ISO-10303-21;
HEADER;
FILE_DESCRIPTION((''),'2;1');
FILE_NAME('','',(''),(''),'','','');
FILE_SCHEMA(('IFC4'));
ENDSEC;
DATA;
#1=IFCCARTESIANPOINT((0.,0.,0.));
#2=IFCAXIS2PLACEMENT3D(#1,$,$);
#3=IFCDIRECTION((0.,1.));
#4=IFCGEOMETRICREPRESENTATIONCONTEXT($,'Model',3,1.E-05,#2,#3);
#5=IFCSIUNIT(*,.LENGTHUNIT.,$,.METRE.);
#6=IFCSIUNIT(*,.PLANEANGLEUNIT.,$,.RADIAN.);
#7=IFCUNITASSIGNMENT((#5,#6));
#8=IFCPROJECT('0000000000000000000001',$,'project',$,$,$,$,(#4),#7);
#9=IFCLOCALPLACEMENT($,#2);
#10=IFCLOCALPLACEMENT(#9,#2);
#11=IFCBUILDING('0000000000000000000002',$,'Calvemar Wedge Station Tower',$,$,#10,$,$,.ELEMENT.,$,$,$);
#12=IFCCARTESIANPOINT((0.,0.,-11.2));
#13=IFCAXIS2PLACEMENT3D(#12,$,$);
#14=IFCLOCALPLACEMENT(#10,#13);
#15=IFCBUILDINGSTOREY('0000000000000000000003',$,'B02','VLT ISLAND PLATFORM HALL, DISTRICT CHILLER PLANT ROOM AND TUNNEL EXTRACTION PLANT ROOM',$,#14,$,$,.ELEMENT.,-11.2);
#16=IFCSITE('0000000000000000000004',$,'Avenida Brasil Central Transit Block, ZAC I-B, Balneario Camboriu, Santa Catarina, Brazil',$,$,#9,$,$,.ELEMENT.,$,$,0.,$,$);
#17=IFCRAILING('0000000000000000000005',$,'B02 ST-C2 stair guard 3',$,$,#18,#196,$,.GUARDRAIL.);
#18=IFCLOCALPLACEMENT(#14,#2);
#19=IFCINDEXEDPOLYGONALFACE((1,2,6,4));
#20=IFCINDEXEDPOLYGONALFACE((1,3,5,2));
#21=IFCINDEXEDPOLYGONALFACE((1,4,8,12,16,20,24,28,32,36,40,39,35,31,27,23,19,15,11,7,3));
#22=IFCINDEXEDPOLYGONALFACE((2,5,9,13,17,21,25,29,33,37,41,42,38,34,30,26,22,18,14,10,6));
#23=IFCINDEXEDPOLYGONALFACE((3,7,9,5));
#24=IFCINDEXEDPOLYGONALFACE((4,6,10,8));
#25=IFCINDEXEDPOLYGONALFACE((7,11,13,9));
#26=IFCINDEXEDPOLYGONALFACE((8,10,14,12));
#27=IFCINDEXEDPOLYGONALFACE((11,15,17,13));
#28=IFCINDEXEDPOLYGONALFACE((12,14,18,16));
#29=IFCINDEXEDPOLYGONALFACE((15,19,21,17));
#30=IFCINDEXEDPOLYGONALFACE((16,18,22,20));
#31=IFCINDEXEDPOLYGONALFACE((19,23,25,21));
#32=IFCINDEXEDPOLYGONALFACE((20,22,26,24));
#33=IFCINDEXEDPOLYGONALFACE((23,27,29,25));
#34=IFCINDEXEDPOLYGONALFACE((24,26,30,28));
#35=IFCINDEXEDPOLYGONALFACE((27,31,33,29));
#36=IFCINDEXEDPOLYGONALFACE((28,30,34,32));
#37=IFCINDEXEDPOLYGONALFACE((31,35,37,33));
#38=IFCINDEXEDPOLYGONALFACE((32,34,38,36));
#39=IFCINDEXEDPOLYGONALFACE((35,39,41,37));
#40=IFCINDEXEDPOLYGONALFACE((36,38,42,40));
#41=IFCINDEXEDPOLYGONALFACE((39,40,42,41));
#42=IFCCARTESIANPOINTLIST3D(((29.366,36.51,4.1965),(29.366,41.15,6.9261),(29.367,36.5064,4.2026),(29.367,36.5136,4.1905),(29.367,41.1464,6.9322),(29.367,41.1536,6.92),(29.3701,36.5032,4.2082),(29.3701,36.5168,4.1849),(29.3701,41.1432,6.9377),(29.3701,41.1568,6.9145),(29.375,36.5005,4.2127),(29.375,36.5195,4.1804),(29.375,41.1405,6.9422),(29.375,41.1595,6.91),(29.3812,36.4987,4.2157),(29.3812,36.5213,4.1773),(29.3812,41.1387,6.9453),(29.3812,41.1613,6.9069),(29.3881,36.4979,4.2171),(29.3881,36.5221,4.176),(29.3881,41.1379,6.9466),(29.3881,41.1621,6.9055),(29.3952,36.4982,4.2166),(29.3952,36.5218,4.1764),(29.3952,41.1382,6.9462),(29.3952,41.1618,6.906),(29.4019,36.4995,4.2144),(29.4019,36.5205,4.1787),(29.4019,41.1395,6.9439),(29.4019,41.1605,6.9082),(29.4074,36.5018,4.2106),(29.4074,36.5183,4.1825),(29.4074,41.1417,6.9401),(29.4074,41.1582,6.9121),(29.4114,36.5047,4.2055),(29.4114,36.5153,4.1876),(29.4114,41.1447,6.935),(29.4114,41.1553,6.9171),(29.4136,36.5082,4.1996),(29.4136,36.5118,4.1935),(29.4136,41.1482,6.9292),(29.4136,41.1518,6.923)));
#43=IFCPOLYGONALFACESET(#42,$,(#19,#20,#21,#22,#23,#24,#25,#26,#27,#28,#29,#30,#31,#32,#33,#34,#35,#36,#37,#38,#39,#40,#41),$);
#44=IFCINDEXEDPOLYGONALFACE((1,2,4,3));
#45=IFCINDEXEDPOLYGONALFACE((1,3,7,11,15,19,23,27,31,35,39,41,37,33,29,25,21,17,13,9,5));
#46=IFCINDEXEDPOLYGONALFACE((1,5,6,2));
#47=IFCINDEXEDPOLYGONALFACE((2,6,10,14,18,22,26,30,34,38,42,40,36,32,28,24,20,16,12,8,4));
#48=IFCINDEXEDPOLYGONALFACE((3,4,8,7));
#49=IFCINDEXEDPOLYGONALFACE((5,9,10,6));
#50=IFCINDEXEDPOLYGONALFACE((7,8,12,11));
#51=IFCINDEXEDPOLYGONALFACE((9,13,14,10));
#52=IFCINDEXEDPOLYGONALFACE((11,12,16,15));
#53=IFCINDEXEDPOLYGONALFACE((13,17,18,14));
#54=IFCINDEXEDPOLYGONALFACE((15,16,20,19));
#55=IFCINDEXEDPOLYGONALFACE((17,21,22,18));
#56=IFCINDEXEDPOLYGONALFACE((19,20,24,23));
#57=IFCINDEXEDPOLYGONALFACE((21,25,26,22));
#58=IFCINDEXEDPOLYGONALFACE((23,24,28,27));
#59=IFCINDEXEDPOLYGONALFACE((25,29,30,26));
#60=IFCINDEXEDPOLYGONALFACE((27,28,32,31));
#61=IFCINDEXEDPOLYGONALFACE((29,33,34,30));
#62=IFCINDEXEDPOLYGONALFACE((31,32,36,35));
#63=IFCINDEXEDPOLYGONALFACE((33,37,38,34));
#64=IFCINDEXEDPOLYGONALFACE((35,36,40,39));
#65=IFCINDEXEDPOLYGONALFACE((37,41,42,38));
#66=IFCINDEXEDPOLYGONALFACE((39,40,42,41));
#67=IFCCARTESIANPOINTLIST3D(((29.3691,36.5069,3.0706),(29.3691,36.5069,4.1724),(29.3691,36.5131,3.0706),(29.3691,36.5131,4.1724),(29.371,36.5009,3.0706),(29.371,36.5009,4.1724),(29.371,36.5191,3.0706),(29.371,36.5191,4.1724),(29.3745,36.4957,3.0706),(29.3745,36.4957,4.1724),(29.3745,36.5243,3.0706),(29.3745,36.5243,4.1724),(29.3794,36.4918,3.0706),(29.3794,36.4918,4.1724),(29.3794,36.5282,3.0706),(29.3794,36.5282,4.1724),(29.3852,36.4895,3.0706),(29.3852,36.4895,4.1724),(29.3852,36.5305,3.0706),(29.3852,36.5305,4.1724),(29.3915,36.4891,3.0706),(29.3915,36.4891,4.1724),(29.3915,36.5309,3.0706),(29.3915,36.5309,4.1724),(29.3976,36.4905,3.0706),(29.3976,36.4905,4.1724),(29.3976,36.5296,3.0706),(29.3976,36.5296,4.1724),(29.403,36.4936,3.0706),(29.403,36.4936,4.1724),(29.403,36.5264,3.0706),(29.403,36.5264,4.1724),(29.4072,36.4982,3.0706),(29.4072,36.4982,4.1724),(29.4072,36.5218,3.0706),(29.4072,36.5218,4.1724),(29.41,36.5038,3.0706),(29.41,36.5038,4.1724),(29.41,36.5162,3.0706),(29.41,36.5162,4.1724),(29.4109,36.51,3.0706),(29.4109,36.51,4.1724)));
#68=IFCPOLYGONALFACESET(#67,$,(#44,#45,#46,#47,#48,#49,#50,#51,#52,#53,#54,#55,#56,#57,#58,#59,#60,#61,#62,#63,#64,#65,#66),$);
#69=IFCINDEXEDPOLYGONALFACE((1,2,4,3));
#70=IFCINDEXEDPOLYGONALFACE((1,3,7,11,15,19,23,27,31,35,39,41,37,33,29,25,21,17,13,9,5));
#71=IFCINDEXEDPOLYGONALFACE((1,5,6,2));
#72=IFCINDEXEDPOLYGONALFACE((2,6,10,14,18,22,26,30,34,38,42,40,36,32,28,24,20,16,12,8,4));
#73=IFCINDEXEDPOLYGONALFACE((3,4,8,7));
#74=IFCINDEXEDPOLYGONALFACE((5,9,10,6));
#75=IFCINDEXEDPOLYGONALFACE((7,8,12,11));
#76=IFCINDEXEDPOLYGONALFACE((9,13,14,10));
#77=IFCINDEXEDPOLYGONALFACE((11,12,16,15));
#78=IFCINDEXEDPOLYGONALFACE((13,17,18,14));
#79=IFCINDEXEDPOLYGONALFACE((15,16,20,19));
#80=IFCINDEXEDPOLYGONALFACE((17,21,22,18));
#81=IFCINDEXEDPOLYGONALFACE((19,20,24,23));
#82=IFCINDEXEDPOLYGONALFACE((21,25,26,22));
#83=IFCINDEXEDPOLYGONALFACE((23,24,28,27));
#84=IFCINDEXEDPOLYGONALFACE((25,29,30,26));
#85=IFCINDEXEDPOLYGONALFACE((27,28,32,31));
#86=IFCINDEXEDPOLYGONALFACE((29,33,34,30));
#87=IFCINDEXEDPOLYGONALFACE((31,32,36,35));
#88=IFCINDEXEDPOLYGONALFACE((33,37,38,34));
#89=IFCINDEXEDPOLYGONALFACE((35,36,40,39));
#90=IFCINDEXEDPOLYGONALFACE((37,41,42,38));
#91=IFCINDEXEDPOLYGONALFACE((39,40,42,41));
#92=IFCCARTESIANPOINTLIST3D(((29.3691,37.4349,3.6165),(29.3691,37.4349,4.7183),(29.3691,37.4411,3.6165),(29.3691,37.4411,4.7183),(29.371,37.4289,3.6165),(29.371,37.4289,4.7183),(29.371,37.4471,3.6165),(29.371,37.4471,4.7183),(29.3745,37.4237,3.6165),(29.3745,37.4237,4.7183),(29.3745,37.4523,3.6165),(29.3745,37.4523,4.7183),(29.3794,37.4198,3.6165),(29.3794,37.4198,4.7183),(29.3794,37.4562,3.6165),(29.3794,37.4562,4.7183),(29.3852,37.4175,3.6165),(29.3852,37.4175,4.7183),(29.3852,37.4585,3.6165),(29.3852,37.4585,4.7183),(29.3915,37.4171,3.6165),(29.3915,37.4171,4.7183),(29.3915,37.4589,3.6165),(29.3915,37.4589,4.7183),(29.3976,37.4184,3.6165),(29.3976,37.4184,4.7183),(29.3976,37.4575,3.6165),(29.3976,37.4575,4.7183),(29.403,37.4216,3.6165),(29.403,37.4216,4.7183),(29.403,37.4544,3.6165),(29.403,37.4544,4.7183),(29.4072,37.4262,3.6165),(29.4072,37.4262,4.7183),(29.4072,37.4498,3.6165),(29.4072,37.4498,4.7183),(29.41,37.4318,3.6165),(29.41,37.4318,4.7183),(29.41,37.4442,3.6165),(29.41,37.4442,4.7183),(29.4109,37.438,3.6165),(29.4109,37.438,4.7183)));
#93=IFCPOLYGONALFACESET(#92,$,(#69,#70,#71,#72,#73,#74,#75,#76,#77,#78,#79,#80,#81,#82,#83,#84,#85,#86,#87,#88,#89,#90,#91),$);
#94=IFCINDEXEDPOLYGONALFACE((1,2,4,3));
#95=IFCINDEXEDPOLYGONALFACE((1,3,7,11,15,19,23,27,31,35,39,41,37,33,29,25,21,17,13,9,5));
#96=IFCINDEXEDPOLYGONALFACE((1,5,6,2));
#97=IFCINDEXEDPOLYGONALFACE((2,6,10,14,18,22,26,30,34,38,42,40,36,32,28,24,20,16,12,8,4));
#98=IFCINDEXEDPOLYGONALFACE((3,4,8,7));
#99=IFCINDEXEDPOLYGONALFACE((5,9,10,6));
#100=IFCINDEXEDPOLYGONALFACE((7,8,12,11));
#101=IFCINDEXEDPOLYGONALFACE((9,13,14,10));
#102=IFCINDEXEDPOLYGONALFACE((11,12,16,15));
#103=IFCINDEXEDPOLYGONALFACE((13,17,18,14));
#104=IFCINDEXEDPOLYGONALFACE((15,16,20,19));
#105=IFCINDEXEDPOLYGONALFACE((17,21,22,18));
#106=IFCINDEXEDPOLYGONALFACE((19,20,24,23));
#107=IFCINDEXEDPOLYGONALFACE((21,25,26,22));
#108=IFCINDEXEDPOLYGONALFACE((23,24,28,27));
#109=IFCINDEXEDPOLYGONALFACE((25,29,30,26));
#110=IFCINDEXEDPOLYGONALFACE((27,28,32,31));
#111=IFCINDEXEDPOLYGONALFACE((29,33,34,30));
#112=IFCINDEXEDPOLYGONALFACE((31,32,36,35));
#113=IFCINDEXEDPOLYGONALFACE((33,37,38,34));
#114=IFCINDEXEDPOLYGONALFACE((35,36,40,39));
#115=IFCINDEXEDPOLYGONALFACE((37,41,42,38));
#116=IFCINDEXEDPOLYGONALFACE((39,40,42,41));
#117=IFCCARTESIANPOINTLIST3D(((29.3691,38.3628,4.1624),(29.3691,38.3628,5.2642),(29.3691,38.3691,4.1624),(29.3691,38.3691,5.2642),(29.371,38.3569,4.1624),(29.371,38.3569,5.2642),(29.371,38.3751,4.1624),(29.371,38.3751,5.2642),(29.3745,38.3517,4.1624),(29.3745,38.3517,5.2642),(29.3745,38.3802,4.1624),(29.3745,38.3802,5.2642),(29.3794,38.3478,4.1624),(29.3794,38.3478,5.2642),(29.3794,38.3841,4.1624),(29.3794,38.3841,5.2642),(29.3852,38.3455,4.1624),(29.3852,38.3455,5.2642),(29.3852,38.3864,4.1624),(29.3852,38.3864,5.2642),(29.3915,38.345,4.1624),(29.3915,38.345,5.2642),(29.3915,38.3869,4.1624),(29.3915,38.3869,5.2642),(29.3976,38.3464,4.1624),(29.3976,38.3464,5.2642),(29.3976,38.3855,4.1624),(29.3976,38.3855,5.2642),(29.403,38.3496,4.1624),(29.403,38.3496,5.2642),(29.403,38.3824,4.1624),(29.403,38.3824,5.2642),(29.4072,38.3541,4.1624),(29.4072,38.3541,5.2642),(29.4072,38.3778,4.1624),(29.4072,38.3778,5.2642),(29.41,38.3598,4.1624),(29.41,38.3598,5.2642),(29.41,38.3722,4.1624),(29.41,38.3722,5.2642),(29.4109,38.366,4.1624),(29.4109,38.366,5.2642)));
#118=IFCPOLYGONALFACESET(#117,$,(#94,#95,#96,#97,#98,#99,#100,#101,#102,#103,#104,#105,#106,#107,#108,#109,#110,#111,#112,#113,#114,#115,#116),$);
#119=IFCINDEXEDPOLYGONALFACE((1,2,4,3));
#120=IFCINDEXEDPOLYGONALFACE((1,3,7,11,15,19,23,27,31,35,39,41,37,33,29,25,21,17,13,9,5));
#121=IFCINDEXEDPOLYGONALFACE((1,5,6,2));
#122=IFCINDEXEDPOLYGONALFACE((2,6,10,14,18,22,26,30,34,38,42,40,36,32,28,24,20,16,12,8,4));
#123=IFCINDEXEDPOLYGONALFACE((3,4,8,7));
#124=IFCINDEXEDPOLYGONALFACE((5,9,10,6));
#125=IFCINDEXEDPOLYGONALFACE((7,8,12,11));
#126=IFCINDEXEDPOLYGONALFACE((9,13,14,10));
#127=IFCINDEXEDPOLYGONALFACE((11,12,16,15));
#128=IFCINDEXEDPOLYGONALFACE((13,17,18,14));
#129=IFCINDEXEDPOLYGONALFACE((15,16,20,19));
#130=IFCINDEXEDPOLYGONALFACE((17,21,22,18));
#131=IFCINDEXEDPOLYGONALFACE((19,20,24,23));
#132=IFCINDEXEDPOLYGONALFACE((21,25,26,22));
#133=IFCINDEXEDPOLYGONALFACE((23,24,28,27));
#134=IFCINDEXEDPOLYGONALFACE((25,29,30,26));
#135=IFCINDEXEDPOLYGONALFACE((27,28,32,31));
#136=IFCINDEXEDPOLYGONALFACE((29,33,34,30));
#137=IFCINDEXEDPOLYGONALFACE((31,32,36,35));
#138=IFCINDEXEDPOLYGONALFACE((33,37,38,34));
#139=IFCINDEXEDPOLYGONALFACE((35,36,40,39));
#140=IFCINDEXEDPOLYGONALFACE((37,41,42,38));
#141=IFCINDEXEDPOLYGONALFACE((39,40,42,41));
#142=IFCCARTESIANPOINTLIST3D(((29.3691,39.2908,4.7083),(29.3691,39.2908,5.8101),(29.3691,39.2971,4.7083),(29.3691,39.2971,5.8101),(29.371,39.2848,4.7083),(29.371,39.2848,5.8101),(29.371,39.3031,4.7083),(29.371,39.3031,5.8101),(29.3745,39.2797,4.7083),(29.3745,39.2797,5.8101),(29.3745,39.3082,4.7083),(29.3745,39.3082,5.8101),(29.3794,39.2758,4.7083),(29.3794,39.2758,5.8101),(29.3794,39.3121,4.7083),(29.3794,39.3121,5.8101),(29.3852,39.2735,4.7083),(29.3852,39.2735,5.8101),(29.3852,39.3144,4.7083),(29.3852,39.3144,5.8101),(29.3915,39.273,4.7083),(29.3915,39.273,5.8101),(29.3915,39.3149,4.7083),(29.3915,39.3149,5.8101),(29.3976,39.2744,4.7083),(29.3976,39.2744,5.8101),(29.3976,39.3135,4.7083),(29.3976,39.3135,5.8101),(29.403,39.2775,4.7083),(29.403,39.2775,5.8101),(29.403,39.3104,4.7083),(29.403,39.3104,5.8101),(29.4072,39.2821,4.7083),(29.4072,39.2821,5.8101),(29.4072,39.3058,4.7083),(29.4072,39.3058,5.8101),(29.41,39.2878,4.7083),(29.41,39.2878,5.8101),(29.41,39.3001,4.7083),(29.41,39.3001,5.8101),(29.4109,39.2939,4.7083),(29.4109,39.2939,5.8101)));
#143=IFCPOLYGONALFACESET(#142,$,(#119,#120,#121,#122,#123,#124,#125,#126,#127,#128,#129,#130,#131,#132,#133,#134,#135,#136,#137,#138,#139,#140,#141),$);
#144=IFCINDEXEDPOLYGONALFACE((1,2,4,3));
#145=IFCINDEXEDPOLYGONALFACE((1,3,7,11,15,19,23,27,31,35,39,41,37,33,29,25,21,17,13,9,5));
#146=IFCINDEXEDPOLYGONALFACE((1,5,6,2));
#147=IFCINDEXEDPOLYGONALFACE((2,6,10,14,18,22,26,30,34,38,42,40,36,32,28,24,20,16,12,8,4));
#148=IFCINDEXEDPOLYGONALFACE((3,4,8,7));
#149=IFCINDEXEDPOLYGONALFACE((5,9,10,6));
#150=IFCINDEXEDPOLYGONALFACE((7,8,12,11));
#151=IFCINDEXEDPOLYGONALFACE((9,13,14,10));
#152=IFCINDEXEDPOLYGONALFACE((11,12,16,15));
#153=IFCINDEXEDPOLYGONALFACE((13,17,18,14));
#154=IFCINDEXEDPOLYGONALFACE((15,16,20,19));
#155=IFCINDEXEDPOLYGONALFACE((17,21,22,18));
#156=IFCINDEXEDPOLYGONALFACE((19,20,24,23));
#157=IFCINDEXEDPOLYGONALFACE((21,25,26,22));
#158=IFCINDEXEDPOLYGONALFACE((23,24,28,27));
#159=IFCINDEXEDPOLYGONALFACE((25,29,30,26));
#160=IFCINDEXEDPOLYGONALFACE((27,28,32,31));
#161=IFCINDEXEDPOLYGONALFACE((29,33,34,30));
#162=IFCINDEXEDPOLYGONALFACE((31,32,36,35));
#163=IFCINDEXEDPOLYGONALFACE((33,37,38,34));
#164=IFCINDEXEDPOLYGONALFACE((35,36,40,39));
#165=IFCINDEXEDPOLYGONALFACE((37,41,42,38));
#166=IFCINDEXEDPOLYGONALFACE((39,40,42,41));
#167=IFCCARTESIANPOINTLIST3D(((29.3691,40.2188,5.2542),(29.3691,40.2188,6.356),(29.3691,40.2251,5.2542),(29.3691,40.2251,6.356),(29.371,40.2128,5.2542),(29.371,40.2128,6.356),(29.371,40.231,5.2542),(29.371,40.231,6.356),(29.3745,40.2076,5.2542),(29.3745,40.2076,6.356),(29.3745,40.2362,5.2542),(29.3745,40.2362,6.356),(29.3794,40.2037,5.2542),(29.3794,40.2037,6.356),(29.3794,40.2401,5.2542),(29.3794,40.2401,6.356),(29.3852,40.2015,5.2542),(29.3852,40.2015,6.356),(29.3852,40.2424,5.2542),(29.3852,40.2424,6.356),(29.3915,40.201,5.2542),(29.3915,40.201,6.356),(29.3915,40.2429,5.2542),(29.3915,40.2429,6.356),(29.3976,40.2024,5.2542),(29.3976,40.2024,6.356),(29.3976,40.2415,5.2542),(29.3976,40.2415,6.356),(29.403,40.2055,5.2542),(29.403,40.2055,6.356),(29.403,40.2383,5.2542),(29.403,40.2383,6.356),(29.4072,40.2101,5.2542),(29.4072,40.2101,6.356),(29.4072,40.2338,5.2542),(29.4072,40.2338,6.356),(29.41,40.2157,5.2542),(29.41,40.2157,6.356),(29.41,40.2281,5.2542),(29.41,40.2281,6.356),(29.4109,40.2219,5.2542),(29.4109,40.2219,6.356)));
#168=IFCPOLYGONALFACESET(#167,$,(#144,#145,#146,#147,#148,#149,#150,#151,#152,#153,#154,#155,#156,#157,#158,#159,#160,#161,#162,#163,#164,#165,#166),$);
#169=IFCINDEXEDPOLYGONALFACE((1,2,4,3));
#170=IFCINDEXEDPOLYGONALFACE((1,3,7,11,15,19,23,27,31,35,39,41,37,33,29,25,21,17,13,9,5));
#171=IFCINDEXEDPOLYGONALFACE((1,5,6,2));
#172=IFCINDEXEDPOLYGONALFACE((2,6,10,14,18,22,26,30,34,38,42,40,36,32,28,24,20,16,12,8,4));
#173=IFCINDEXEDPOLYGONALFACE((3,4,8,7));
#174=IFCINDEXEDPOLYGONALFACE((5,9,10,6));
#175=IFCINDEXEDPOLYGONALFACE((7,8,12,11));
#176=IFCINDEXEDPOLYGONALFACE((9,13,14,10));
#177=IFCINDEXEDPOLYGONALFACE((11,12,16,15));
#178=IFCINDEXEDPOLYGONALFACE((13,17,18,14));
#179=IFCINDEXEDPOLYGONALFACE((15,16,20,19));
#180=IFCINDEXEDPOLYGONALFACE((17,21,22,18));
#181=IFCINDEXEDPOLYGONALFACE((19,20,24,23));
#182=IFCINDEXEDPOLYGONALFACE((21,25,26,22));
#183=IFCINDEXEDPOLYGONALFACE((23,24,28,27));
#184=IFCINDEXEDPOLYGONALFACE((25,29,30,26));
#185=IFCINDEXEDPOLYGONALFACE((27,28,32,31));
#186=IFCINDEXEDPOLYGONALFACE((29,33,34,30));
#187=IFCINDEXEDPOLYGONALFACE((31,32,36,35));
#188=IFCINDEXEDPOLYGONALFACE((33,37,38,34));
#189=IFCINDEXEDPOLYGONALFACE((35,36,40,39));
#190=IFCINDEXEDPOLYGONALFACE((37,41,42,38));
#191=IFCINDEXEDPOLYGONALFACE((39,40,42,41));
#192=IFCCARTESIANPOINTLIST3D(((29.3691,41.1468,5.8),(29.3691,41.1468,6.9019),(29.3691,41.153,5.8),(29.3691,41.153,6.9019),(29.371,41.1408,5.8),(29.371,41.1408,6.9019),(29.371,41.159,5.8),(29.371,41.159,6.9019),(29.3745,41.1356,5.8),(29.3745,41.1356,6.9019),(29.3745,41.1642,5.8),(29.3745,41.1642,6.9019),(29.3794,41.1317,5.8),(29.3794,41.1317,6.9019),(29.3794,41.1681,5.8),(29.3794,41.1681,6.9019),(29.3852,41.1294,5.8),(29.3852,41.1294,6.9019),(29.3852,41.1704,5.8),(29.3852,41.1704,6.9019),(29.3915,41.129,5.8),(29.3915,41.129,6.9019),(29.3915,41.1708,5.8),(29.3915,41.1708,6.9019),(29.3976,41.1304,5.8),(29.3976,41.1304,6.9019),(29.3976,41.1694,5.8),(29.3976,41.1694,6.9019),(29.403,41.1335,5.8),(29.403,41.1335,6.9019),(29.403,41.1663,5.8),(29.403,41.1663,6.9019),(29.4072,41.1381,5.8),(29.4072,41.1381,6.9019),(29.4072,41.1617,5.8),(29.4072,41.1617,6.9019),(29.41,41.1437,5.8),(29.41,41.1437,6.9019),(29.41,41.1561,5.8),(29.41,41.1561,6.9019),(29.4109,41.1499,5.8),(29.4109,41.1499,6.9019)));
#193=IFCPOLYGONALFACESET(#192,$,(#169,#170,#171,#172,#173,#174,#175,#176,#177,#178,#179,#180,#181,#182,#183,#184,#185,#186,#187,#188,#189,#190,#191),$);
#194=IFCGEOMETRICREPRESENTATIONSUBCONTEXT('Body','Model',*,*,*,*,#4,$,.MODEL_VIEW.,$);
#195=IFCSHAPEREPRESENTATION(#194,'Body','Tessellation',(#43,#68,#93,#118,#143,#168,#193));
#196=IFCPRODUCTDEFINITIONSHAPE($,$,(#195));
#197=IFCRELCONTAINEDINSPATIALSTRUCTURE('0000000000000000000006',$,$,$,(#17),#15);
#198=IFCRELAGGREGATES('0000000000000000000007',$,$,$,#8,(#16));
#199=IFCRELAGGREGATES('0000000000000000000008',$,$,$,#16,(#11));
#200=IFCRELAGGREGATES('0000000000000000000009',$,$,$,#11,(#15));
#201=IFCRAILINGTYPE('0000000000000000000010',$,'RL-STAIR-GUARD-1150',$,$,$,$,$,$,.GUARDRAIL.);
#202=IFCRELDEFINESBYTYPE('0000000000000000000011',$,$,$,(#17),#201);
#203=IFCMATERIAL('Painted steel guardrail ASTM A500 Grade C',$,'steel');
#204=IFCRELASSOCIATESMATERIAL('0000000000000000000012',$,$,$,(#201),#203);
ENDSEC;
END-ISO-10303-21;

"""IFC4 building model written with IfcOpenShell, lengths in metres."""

from ifc_helpers import new_model, si_unit, direction, frame, origin, origin_2d, place, context, subcontext, project, spatial, circle, extrude, material, type_object, element, save


model = new_model("IFC4")

# Units and contexts
model_context = context("Model", 3, precision=1e-05, world=origin(), true_north=direction((0.0, 1.0)))
body_context = subcontext(model_context, "Body", "Model", "MODEL_VIEW")
ifc_project = project(units=[si_unit("LENGTHUNIT", "METRE"), si_unit("PLANEANGLEUNIT", "RADIAN")], contexts=[model_context])

# Site, building, storey
site_placement = place(None, origin())
site = spatial("IfcSite", under=ifc_project, at=site_placement, Name="Avenida Brasil Central Transit Block, ZAC I-B, Balneario Camboriu, Santa Catarina, Brazil", CompositionType="ELEMENT", RefElevation=0.0)
building_placement = place(site_placement, origin())
building = spatial("IfcBuilding", under=site, at=building_placement, Name="Calvemar Wedge Station Tower", CompositionType="ELEMENT")
storey_placement = place(building_placement, frame((0.0, 0.0, -11.2)))
storey = spatial("IfcBuildingStorey", under=building, at=storey_placement, Name="B02", Description="VLT ISLAND PLATFORM HALL, DISTRICT CHILLER PLANT ROOM AND TUNNEL EXTRACTION PLANT ROOM", CompositionType="ELEMENT", Elevation=-11.2)

# Railing
ifc_material_1 = material(Name="Painted steel guardrail ASTM A500 Grade C", Category="steel")
railing_type = type_object("IfcRailingType", Name="RL-STAIR-GUARD-1150", PredefinedType="GUARDRAIL", material=ifc_material_1)
railing_1_placement = place(storey_placement, frame((29.3899, 36.51, 3.0706)))
element("IfcRailing", 1, at=railing_1_placement, inside=storey, type_object=railing_type, Name="B02 ST-C2 stair guard 3", PredefinedType="GUARDRAIL", context=body_context, shape_type="SweptSolid", body=[
    extrude(circle(Radius=0.0239, at=origin_2d()), frame((0.0, 0.0, 1.126), z_axis=(0.0, 0.861923, 0.50704), x_axis=(-1.0, 0.0, 0.0)), (0.0, 0.0, 1.0), 5.3833),
    extrude(circle(Radius=0.021, at=origin_2d()), origin(), (0.0, 0.0, 1.0), 1.1018),
    extrude(circle(Radius=0.021, at=origin_2d()), frame((0.0, 0.928, 0.5459)), (0.0, 0.0, 1.0), 1.1018),
    extrude(circle(Radius=0.021, at=origin_2d()), frame((0.0, 1.856, 1.0918)), (0.0, 0.0, 1.0), 1.1018),
    extrude(circle(Radius=0.021, at=origin_2d()), frame((0.0, 2.7839, 1.6377)), (0.0, 0.0, 1.0), 1.1018),
    extrude(circle(Radius=0.021, at=origin_2d()), frame((0.0, 3.7119, 2.1836)), (0.0, 0.0, 1.0), 1.1018),
    extrude(circle(Radius=0.021, at=origin_2d()), frame((0.0, 4.6399, 2.7295)), (0.0, 0.0, 1.0), 1.1018),
])

save(model, "model.ifc")
